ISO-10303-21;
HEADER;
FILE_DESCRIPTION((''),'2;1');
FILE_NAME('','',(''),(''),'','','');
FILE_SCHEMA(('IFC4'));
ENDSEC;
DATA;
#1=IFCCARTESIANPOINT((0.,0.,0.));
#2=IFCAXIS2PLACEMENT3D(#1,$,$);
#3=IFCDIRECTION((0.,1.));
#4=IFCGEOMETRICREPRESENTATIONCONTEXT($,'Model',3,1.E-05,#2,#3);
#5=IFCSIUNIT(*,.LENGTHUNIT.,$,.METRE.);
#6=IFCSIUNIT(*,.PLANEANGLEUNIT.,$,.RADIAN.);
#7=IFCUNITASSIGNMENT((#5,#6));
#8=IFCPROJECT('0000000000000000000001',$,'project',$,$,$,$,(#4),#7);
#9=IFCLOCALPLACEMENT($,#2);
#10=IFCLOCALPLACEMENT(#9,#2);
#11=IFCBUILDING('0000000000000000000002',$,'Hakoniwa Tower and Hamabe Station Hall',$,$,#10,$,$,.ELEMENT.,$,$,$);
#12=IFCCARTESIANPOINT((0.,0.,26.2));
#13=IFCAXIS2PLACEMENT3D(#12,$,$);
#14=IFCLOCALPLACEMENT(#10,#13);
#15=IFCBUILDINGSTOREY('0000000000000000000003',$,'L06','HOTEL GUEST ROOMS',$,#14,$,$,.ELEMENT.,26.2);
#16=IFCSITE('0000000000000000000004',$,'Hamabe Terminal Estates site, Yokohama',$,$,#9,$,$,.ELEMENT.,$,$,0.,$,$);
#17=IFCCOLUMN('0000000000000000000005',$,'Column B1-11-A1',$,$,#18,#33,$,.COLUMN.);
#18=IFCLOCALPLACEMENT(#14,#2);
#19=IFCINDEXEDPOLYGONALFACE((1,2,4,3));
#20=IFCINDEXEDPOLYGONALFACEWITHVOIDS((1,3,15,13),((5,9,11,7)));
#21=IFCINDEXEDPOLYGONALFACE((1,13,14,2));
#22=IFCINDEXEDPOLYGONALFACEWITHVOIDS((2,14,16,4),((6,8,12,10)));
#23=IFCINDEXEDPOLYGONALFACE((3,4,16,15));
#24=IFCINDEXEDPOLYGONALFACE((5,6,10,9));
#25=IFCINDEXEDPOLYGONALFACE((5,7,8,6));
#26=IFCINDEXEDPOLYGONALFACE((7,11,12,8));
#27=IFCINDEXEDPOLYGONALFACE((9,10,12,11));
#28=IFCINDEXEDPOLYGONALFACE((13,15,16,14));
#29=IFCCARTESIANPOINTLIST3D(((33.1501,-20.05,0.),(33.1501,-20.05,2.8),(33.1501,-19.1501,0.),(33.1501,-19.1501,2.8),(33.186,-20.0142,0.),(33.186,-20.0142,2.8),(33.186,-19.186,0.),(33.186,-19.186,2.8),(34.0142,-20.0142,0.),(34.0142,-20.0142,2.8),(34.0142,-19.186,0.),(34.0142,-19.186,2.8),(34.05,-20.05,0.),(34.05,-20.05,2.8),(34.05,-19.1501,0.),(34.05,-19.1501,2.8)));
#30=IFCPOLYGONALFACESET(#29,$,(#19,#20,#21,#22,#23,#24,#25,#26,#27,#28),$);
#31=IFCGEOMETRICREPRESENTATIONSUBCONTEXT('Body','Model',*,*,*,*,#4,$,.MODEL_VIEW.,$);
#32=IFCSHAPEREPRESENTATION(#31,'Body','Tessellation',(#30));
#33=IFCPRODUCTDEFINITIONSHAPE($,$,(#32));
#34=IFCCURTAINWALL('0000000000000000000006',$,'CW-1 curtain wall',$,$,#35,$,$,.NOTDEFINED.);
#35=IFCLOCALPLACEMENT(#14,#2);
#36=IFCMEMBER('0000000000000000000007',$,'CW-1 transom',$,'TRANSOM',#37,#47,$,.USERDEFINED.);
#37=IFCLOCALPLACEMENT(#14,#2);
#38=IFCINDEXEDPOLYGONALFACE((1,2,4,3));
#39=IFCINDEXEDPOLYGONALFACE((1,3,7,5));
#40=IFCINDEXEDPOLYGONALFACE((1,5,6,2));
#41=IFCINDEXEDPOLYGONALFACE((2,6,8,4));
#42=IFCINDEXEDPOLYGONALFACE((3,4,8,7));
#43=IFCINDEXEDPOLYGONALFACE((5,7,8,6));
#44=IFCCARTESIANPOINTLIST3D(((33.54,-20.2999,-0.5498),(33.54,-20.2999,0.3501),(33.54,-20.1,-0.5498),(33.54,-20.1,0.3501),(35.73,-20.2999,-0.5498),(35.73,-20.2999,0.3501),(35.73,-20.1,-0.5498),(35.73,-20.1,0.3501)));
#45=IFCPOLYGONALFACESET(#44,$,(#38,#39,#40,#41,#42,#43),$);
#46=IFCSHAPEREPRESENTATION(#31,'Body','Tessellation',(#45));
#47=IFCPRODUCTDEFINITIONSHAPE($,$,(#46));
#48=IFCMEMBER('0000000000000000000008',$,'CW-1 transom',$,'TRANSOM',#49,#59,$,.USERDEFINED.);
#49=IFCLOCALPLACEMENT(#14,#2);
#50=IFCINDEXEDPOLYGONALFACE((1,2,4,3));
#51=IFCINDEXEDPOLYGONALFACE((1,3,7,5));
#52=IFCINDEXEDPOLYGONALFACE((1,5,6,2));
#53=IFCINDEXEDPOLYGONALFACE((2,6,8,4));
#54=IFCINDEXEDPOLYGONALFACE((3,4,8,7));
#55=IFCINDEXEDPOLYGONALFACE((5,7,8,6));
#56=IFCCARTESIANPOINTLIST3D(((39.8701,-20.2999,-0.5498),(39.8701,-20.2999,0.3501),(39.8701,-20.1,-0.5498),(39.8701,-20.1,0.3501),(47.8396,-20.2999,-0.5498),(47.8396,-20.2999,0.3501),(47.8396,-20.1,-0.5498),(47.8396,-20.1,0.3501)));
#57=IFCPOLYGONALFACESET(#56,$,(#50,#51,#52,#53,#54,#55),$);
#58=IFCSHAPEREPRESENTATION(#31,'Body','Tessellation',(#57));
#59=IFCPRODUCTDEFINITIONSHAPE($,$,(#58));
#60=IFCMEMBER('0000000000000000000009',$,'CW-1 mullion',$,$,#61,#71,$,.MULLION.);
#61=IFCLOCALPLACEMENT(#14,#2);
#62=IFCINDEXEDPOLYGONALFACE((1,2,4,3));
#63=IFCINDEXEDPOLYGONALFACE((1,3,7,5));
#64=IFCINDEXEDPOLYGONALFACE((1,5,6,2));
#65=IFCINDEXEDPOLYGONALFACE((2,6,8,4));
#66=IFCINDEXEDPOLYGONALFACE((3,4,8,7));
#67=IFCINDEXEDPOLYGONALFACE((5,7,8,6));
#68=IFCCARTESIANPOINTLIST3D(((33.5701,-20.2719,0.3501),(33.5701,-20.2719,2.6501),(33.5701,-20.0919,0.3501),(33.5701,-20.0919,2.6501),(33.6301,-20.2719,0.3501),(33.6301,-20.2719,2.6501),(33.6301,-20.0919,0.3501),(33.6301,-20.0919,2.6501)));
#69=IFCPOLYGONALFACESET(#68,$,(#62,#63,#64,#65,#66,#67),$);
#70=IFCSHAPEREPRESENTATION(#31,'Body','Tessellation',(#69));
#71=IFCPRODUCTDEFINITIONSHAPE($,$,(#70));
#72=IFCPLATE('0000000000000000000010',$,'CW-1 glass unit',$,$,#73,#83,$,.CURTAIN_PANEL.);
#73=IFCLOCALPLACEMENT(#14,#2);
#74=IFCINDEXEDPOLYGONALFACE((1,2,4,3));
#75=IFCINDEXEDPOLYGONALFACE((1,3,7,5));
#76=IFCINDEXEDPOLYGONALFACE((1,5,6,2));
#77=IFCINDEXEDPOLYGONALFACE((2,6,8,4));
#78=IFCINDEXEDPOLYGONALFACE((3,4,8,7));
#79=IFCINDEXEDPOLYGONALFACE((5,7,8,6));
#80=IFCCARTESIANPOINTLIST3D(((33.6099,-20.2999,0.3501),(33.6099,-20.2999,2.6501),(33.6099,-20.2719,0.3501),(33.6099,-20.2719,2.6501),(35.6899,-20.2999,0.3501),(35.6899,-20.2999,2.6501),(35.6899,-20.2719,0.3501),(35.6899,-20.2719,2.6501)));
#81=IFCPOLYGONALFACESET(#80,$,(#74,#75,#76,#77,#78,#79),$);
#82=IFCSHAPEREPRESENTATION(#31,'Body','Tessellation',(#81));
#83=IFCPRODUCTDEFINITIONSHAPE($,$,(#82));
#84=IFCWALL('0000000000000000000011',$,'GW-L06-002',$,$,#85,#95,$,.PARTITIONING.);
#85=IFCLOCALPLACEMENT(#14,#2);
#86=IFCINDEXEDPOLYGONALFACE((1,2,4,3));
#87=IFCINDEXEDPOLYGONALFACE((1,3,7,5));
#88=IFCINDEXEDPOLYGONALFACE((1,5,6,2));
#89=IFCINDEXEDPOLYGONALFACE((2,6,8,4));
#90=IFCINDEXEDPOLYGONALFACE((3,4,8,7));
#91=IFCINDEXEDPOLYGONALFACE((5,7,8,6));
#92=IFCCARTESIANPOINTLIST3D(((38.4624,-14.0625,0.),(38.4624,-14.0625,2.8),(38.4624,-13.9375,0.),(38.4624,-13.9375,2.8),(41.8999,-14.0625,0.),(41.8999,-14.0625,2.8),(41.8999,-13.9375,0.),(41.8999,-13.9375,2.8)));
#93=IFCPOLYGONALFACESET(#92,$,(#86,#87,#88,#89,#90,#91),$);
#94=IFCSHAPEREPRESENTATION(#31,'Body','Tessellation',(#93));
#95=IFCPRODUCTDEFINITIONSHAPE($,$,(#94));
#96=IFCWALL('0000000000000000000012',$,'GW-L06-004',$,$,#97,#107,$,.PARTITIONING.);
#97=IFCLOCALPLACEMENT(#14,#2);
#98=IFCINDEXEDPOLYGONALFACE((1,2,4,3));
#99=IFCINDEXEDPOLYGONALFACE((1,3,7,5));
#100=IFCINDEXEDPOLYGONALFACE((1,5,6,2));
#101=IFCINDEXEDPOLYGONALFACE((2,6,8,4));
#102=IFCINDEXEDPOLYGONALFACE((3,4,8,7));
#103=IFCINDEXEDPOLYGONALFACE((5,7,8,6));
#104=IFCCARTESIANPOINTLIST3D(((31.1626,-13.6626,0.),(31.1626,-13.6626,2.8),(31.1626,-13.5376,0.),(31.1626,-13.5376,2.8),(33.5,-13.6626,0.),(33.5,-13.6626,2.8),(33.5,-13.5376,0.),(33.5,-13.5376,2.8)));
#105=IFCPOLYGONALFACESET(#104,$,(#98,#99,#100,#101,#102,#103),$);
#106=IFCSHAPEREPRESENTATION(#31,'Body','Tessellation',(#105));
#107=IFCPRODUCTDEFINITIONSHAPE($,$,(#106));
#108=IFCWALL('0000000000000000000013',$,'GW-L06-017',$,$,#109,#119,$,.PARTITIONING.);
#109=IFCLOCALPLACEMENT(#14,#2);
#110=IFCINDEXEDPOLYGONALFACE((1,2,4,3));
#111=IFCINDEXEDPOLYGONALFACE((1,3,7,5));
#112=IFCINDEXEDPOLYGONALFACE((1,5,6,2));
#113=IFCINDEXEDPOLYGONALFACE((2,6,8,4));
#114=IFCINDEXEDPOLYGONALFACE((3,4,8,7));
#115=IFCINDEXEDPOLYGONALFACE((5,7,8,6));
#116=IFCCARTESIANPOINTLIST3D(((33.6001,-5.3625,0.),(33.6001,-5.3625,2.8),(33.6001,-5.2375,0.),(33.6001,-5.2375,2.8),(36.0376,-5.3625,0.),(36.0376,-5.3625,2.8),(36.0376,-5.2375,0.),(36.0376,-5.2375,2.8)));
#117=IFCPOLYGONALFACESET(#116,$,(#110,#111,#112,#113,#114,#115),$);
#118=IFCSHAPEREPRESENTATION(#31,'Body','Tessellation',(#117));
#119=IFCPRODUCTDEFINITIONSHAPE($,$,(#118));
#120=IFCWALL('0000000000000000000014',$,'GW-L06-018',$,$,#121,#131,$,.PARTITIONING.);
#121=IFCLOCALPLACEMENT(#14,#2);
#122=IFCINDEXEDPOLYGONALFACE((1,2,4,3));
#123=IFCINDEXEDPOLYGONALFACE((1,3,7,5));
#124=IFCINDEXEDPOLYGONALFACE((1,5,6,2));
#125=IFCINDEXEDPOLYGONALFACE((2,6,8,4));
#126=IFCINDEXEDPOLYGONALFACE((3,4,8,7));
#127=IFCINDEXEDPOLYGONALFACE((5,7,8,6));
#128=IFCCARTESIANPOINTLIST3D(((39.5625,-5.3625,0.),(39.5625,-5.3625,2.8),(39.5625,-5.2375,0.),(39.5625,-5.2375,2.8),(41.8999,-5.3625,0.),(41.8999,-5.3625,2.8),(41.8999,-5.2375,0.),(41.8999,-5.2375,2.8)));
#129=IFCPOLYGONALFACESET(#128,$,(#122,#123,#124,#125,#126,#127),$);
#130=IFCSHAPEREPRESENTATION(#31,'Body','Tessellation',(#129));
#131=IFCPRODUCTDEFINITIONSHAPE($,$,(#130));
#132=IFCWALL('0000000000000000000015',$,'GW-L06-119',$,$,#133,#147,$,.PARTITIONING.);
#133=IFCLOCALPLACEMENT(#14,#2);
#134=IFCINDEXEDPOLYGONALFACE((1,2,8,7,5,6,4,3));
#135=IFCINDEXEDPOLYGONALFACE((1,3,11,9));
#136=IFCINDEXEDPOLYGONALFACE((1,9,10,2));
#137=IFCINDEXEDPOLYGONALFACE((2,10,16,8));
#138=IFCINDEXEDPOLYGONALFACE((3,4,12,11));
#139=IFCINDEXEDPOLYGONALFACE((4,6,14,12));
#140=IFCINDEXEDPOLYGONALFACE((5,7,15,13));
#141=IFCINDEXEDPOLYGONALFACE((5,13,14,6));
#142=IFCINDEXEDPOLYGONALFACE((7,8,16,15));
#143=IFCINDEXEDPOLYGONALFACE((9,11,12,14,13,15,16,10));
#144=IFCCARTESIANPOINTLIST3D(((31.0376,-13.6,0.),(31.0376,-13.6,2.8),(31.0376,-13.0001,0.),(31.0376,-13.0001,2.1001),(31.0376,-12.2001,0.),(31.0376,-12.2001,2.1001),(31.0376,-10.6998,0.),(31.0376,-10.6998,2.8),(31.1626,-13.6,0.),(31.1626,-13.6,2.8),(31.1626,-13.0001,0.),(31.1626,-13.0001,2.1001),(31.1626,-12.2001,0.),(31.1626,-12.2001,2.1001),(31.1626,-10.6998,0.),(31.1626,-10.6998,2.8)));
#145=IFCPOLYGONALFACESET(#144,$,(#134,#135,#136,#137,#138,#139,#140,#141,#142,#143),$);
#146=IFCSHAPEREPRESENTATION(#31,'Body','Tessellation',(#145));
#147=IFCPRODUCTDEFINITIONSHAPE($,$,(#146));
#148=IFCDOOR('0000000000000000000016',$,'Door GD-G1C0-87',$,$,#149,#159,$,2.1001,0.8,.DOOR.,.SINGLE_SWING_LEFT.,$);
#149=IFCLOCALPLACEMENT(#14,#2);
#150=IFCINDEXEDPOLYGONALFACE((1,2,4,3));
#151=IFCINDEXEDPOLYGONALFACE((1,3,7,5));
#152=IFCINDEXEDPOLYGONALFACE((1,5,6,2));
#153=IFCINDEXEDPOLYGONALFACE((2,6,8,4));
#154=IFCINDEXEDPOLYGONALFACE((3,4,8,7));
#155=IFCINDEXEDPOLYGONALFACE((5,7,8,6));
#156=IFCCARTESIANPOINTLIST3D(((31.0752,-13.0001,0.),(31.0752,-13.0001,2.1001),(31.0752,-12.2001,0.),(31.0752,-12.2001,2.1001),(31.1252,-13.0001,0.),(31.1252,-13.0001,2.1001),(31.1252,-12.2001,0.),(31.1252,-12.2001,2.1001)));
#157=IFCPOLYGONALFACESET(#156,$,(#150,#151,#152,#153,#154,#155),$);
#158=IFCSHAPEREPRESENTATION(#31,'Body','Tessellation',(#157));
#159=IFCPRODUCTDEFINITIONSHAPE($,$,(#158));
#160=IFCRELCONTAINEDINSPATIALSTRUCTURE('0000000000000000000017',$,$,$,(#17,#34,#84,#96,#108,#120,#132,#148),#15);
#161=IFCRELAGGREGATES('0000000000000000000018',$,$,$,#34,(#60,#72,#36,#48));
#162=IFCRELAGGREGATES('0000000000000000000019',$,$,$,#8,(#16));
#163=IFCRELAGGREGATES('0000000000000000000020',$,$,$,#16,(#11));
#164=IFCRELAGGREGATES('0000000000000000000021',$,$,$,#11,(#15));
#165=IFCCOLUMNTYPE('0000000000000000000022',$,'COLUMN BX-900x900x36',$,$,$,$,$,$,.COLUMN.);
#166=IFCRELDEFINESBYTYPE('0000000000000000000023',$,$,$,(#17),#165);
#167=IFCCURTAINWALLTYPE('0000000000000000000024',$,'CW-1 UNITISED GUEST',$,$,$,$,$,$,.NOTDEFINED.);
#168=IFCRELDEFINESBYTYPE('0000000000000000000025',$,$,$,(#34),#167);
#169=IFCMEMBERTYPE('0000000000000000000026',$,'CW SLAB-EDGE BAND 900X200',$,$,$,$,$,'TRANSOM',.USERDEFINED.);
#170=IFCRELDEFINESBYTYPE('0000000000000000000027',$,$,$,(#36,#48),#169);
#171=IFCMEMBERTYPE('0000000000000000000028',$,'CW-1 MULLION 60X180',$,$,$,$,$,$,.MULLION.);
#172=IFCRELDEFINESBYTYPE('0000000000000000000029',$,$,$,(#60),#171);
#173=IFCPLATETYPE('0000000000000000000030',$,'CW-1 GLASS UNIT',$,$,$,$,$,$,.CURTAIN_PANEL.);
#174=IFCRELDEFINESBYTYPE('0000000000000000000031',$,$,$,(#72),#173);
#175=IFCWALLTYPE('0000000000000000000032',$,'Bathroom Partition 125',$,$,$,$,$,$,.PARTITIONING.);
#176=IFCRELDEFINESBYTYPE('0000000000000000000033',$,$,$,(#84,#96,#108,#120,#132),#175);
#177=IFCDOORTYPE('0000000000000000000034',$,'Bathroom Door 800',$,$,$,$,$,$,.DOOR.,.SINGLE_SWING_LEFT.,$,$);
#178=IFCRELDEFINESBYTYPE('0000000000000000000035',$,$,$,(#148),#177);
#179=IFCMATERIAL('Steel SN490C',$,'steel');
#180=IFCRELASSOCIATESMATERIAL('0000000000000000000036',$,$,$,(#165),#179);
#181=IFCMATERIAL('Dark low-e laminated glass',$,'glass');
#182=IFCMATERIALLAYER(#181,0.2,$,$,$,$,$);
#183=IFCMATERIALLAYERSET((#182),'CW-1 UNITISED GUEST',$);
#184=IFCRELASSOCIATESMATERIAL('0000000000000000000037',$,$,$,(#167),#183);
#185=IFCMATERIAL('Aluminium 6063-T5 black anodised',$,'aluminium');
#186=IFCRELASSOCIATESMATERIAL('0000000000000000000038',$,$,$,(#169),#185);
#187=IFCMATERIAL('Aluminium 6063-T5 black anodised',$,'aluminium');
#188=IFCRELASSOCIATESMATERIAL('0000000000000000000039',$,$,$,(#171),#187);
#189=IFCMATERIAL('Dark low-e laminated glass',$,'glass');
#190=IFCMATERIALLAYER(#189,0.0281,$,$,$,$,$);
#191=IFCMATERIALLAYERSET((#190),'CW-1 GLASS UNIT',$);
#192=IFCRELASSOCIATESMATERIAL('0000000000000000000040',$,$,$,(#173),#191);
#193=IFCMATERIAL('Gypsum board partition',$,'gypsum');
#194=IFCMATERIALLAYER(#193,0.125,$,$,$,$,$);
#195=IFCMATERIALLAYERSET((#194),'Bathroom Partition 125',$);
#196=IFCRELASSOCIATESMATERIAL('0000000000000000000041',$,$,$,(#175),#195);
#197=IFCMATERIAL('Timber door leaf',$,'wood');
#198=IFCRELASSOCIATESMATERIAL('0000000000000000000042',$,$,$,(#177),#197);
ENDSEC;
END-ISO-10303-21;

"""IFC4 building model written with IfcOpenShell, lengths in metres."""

from ifc_helpers import new_model, si_unit, direction, frame, frame_2d, origin, origin_2d, place, context, subcontext, project, spatial, rectangle, hollow_rectangle, extrude, material, layer, layer_set, material_profile, profile_set, type_object, element, fill, aggregate, save


model = new_model("IFC4")

# Units and contexts
model_context = context("Model", 3, precision=1e-05, world=origin(), true_north=direction((0.0, 1.0)))
body_context = subcontext(model_context, "Body", "Model", "MODEL_VIEW")
ifc_project = project(units=[si_unit("LENGTHUNIT", "METRE"), si_unit("PLANEANGLEUNIT", "RADIAN")], contexts=[model_context])

# Site, building, storey
site_placement = place(None, origin())
site = spatial("IfcSite", under=ifc_project, at=site_placement, Name="Hamabe Terminal Estates site, Yokohama", CompositionType="ELEMENT", RefElevation=0.0)
building_placement = place(site_placement, origin())
building = spatial("IfcBuilding", under=site, at=building_placement, Name="Hakoniwa Tower and Hamabe Station Hall", CompositionType="ELEMENT")
storey_placement = place(building_placement, frame((0.0, 0.0, 26.2)))
storey = spatial("IfcBuildingStorey", under=building, at=storey_placement, Name="L06", Description="HOTEL GUEST ROOMS", CompositionType="ELEMENT", Elevation=26.2)

# Column
ifc_material_1 = material(Name="Steel SN490C", Category="steel")
ifc_material_profile_1 = material_profile(ifc_material_1, hollow_rectangle(XDim=0.8999, YDim=0.8999, WallThickness=0.0359, at=origin_2d()), Name="BX-900x900x36")
ifc_profile_set_1 = profile_set([ifc_material_profile_1], Name="Steel SN490C")
column_type = type_object("IfcColumnType", Name="COLUMN BX-900x900x36", PredefinedType="COLUMN", material=ifc_profile_set_1)
column_placement = place(storey_placement, frame((33.6001, -19.6001, 0.0), z_axis=(0.0, 0.0, 1.0), x_axis=(1.0, 0.0, 0.0)))
element("IfcColumn", 1, at=column_placement, inside=storey, type_object=column_type, Name="Column B1-11-A1", PredefinedType="COLUMN", context=body_context, shape_type="SweptSolid", body=[
    extrude(hollow_rectangle(XDim=0.8999, YDim=0.8999, WallThickness=0.0359, at=origin_2d()), origin(), (0.0, 0.0, 1.0), 2.8),
])

# Curtain wall, members, plate
ifc_material_2 = material(Name="Dark low-e laminated glass", Category="glass")
ifc_layer_1 = layer(ifc_material_2, 0.2)
ifc_layer_set_1 = layer_set([ifc_layer_1], Name="CW-1 UNITISED GUEST")
curtain_wall_type = type_object("IfcCurtainWallType", Name="CW-1 UNITISED GUEST", PredefinedType="NOTDEFINED", material=ifc_layer_set_1)
curtain_wall_placement = place(storey_placement, origin())
curtain_wall = element("IfcCurtainWall", 2, at=curtain_wall_placement, inside=storey, type_object=curtain_wall_type, Name="CW-1 curtain wall", PredefinedType="NOTDEFINED")
ifc_material_3 = material(Name="Aluminium 6063-T5 black anodised", Category="aluminium")
ifc_material_profile_2 = material_profile(ifc_material_3, rectangle(XDim=0.2, YDim=0.8999, at=origin_2d()), Name="CW SLAB-EDGE BAND 900X200")
ifc_profile_set_2 = profile_set([ifc_material_profile_2], Name="Aluminium 6063-T5 black anodised")
member_type_1 = type_object("IfcMemberType", Name="CW SLAB-EDGE BAND 900X200", ElementType="TRANSOM", PredefinedType="USERDEFINED", material=ifc_profile_set_2)
member_1_placement = place(storey_placement, frame((33.54, -20.2, -0.0999), z_axis=(1.0, 0.0, 0.0), x_axis=(0.0, 1.0, 0.0)))
member_1 = element("IfcMember", 3, at=member_1_placement, type_object=member_type_1, Name="CW-1 transom", ObjectType="TRANSOM", PredefinedType="USERDEFINED", context=body_context, shape_type="SweptSolid", body=[
    extrude(rectangle(XDim=0.2, YDim=0.8999, at=origin_2d()), origin(), (0.0, 0.0, 1.0), 2.1899),
])
member_2_placement = place(storey_placement, frame((39.8701, -20.2, -0.0999), z_axis=(1.0, 0.0, 0.0), x_axis=(0.0, 1.0, 0.0)))
member_2 = element("IfcMember", 4, at=member_2_placement, type_object=member_type_1, Name="CW-1 transom", ObjectType="TRANSOM", PredefinedType="USERDEFINED", context=body_context, shape_type="SweptSolid", body=[
    extrude(rectangle(XDim=0.2, YDim=0.8999, at=origin_2d()), origin(), (0.0, 0.0, 1.0), 7.9695),
])
ifc_material_4 = material(Name="Aluminium 6063-T5 black anodised", Category="aluminium")
ifc_material_profile_3 = material_profile(ifc_material_4, rectangle(XDim=0.0601, YDim=0.1799, at=origin_2d()), Name="CW-1 MULLION 60X180")
ifc_profile_set_3 = profile_set([ifc_material_profile_3], Name="Aluminium 6063-T5 black anodised")
member_type_2 = type_object("IfcMemberType", Name="CW-1 MULLION 60X180", PredefinedType="MULLION", material=ifc_profile_set_3)
member_3_placement = place(storey_placement, frame((33.6001, -20.1819, 0.3501), z_axis=(0.0, 0.0, 1.0), x_axis=(1.0, 0.0, 0.0)))
member_3 = element("IfcMember", 5, at=member_3_placement, type_object=member_type_2, Name="CW-1 mullion", PredefinedType="MULLION", context=body_context, shape_type="SweptSolid", body=[
    extrude(rectangle(XDim=0.0601, YDim=0.1799, at=origin_2d()), origin(), (0.0, 0.0, 1.0), 2.3),
])
ifc_material_5 = material(Name="Dark low-e laminated glass", Category="glass")
ifc_layer_2 = layer(ifc_material_5, 0.0281)
ifc_layer_set_2 = layer_set([ifc_layer_2], Name="CW-1 GLASS UNIT")
plate_type = type_object("IfcPlateType", Name="CW-1 GLASS UNIT", PredefinedType="CURTAIN_PANEL", material=ifc_layer_set_2)
plate_placement = place(storey_placement, frame((34.6499, -20.2859, 0.3501), z_axis=(0.0, 0.0, 1.0), x_axis=(1.0, 0.0, 0.0)))
plate = element("IfcPlate", 6, at=plate_placement, type_object=plate_type, Name="CW-1 glass unit", PredefinedType="CURTAIN_PANEL", context=body_context, shape_type="SweptSolid", body=[
    extrude(rectangle(XDim=2.0801, YDim=0.0281, at=origin_2d()), origin(), (0.0, 0.0, 1.0), 2.3),
])

# Walls
ifc_material_6 = material(Name="Gypsum board partition", Category="gypsum")
ifc_layer_3 = layer(ifc_material_6, 0.125)
ifc_layer_set_3 = layer_set([ifc_layer_3], Name="Bathroom Partition 125")
wall_type_1 = type_object("IfcWallType", Name="Bathroom Partition 125", PredefinedType="PARTITIONING", material=ifc_layer_set_3)
wall_1_placement = place(storey_placement, frame((38.4624, -14.0, 0.0), z_axis=(0.0, 0.0, 1.0), x_axis=(1.0, 0.0, 0.0)))
element("IfcWall", 7, at=wall_1_placement, inside=storey, type_object=wall_type_1, Name="GW-L06-002", PredefinedType="PARTITIONING", context=body_context, shape_type="SweptSolid", body=[
    extrude(rectangle(XDim=3.4375, YDim=0.125, at=frame_2d((1.7188, 0.0))), origin(), (0.0, 0.0, 1.0), 2.8),
])
wall_2_placement = place(storey_placement, frame((31.1626, -13.6001, 0.0), z_axis=(0.0, 0.0, 1.0), x_axis=(1.0, 0.0, 0.0)))
element("IfcWall", 8, at=wall_2_placement, inside=storey, type_object=wall_type_1, Name="GW-L06-004", PredefinedType="PARTITIONING", context=body_context, shape_type="SweptSolid", body=[
    extrude(rectangle(XDim=2.3374, YDim=0.125, at=frame_2d((1.1687, 0.0))), origin(), (0.0, 0.0, 1.0), 2.8),
])
wall_3_placement = place(storey_placement, frame((33.6001, -5.3, 0.0), z_axis=(0.0, 0.0, 1.0), x_axis=(1.0, 0.0, 0.0)))
element("IfcWall", 9, at=wall_3_placement, inside=storey, type_object=wall_type_1, Name="GW-L06-017", PredefinedType="PARTITIONING", context=body_context, shape_type="SweptSolid", body=[
    extrude(rectangle(XDim=2.4375, YDim=0.125, at=frame_2d((1.2188, 0.0))), origin(), (0.0, 0.0, 1.0), 2.8),
])
wall_4_placement = place(storey_placement, frame((39.5625, -5.3, 0.0), z_axis=(0.0, 0.0, 1.0), x_axis=(1.0, 0.0, 0.0)))
element("IfcWall", 10, at=wall_4_placement, inside=storey, type_object=wall_type_1, Name="GW-L06-018", PredefinedType="PARTITIONING", context=body_context, shape_type="SweptSolid", body=[
    extrude(rectangle(XDim=2.3374, YDim=0.125, at=frame_2d((1.1687, 0.0))), origin(), (0.0, 0.0, 1.0), 2.8),
])

# Wall, opening, door
wall_5_placement = place(storey_placement, frame((31.1001, -13.6001, 0.0), z_axis=(0.0, 0.0, 1.0), x_axis=(0.0, 1.0, 0.0)))
wall_5 = element("IfcWall", 11, at=wall_5_placement, inside=storey, type_object=wall_type_1, Name="GW-L06-119", PredefinedType="PARTITIONING", context=body_context, shape_type="SweptSolid", body=[
    extrude(rectangle(XDim=2.9001, YDim=0.125, at=frame_2d((1.4502, 0.0))), origin(), (0.0, 0.0, 1.0), 2.8),
])
opening_1_placement = place(wall_5_placement, frame((0.6001, 0.0, 0.0)))
opening_1 = element("IfcOpeningElement", 12, at=opening_1_placement, cuts=wall_5, PredefinedType="OPENING", context=body_context, shape_type="SweptSolid", body=[
    extrude(rectangle(XDim=0.8, YDim=2.1001, at=frame_2d((0.3999, 1.05))), frame((0.0, 0.0725, 0.0), z_axis=(0.0, -1.0, 0.0), x_axis=(1.0, 0.0, 0.0)), (0.0, 0.0, 1.0), 0.145),
])
ifc_material_7 = material(Name="Timber door leaf", Category="wood")
door_type_1 = type_object("IfcDoorType", Name="Bathroom Door 800", OperationType="SINGLE_SWING_LEFT", PredefinedType="DOOR", material=ifc_material_7)
door_1_placement = place(opening_1_placement, origin())
door_1 = element("IfcDoor", 13, at=door_1_placement, inside=storey, type_object=door_type_1, Name="Door GD-G1C0-87", OperationType="SINGLE_SWING_LEFT", OverallHeight=2.1001, OverallWidth=0.8, PredefinedType="DOOR", context=body_context, shape_type="SweptSolid", body=[
    extrude(rectangle(XDim=0.8, YDim=2.1001, at=frame_2d((0.3999, 1.05))), frame((0.0, 0.0249, 0.0), z_axis=(0.0, -1.0, 0.0), x_axis=(1.0, 0.0, 0.0)), (0.0, 0.0, 1.0), 0.05),
])
fill(opening_1, door_1)

aggregate(curtain_wall, [member_3, plate, member_1, member_2])

save(model, "model.ifc")
